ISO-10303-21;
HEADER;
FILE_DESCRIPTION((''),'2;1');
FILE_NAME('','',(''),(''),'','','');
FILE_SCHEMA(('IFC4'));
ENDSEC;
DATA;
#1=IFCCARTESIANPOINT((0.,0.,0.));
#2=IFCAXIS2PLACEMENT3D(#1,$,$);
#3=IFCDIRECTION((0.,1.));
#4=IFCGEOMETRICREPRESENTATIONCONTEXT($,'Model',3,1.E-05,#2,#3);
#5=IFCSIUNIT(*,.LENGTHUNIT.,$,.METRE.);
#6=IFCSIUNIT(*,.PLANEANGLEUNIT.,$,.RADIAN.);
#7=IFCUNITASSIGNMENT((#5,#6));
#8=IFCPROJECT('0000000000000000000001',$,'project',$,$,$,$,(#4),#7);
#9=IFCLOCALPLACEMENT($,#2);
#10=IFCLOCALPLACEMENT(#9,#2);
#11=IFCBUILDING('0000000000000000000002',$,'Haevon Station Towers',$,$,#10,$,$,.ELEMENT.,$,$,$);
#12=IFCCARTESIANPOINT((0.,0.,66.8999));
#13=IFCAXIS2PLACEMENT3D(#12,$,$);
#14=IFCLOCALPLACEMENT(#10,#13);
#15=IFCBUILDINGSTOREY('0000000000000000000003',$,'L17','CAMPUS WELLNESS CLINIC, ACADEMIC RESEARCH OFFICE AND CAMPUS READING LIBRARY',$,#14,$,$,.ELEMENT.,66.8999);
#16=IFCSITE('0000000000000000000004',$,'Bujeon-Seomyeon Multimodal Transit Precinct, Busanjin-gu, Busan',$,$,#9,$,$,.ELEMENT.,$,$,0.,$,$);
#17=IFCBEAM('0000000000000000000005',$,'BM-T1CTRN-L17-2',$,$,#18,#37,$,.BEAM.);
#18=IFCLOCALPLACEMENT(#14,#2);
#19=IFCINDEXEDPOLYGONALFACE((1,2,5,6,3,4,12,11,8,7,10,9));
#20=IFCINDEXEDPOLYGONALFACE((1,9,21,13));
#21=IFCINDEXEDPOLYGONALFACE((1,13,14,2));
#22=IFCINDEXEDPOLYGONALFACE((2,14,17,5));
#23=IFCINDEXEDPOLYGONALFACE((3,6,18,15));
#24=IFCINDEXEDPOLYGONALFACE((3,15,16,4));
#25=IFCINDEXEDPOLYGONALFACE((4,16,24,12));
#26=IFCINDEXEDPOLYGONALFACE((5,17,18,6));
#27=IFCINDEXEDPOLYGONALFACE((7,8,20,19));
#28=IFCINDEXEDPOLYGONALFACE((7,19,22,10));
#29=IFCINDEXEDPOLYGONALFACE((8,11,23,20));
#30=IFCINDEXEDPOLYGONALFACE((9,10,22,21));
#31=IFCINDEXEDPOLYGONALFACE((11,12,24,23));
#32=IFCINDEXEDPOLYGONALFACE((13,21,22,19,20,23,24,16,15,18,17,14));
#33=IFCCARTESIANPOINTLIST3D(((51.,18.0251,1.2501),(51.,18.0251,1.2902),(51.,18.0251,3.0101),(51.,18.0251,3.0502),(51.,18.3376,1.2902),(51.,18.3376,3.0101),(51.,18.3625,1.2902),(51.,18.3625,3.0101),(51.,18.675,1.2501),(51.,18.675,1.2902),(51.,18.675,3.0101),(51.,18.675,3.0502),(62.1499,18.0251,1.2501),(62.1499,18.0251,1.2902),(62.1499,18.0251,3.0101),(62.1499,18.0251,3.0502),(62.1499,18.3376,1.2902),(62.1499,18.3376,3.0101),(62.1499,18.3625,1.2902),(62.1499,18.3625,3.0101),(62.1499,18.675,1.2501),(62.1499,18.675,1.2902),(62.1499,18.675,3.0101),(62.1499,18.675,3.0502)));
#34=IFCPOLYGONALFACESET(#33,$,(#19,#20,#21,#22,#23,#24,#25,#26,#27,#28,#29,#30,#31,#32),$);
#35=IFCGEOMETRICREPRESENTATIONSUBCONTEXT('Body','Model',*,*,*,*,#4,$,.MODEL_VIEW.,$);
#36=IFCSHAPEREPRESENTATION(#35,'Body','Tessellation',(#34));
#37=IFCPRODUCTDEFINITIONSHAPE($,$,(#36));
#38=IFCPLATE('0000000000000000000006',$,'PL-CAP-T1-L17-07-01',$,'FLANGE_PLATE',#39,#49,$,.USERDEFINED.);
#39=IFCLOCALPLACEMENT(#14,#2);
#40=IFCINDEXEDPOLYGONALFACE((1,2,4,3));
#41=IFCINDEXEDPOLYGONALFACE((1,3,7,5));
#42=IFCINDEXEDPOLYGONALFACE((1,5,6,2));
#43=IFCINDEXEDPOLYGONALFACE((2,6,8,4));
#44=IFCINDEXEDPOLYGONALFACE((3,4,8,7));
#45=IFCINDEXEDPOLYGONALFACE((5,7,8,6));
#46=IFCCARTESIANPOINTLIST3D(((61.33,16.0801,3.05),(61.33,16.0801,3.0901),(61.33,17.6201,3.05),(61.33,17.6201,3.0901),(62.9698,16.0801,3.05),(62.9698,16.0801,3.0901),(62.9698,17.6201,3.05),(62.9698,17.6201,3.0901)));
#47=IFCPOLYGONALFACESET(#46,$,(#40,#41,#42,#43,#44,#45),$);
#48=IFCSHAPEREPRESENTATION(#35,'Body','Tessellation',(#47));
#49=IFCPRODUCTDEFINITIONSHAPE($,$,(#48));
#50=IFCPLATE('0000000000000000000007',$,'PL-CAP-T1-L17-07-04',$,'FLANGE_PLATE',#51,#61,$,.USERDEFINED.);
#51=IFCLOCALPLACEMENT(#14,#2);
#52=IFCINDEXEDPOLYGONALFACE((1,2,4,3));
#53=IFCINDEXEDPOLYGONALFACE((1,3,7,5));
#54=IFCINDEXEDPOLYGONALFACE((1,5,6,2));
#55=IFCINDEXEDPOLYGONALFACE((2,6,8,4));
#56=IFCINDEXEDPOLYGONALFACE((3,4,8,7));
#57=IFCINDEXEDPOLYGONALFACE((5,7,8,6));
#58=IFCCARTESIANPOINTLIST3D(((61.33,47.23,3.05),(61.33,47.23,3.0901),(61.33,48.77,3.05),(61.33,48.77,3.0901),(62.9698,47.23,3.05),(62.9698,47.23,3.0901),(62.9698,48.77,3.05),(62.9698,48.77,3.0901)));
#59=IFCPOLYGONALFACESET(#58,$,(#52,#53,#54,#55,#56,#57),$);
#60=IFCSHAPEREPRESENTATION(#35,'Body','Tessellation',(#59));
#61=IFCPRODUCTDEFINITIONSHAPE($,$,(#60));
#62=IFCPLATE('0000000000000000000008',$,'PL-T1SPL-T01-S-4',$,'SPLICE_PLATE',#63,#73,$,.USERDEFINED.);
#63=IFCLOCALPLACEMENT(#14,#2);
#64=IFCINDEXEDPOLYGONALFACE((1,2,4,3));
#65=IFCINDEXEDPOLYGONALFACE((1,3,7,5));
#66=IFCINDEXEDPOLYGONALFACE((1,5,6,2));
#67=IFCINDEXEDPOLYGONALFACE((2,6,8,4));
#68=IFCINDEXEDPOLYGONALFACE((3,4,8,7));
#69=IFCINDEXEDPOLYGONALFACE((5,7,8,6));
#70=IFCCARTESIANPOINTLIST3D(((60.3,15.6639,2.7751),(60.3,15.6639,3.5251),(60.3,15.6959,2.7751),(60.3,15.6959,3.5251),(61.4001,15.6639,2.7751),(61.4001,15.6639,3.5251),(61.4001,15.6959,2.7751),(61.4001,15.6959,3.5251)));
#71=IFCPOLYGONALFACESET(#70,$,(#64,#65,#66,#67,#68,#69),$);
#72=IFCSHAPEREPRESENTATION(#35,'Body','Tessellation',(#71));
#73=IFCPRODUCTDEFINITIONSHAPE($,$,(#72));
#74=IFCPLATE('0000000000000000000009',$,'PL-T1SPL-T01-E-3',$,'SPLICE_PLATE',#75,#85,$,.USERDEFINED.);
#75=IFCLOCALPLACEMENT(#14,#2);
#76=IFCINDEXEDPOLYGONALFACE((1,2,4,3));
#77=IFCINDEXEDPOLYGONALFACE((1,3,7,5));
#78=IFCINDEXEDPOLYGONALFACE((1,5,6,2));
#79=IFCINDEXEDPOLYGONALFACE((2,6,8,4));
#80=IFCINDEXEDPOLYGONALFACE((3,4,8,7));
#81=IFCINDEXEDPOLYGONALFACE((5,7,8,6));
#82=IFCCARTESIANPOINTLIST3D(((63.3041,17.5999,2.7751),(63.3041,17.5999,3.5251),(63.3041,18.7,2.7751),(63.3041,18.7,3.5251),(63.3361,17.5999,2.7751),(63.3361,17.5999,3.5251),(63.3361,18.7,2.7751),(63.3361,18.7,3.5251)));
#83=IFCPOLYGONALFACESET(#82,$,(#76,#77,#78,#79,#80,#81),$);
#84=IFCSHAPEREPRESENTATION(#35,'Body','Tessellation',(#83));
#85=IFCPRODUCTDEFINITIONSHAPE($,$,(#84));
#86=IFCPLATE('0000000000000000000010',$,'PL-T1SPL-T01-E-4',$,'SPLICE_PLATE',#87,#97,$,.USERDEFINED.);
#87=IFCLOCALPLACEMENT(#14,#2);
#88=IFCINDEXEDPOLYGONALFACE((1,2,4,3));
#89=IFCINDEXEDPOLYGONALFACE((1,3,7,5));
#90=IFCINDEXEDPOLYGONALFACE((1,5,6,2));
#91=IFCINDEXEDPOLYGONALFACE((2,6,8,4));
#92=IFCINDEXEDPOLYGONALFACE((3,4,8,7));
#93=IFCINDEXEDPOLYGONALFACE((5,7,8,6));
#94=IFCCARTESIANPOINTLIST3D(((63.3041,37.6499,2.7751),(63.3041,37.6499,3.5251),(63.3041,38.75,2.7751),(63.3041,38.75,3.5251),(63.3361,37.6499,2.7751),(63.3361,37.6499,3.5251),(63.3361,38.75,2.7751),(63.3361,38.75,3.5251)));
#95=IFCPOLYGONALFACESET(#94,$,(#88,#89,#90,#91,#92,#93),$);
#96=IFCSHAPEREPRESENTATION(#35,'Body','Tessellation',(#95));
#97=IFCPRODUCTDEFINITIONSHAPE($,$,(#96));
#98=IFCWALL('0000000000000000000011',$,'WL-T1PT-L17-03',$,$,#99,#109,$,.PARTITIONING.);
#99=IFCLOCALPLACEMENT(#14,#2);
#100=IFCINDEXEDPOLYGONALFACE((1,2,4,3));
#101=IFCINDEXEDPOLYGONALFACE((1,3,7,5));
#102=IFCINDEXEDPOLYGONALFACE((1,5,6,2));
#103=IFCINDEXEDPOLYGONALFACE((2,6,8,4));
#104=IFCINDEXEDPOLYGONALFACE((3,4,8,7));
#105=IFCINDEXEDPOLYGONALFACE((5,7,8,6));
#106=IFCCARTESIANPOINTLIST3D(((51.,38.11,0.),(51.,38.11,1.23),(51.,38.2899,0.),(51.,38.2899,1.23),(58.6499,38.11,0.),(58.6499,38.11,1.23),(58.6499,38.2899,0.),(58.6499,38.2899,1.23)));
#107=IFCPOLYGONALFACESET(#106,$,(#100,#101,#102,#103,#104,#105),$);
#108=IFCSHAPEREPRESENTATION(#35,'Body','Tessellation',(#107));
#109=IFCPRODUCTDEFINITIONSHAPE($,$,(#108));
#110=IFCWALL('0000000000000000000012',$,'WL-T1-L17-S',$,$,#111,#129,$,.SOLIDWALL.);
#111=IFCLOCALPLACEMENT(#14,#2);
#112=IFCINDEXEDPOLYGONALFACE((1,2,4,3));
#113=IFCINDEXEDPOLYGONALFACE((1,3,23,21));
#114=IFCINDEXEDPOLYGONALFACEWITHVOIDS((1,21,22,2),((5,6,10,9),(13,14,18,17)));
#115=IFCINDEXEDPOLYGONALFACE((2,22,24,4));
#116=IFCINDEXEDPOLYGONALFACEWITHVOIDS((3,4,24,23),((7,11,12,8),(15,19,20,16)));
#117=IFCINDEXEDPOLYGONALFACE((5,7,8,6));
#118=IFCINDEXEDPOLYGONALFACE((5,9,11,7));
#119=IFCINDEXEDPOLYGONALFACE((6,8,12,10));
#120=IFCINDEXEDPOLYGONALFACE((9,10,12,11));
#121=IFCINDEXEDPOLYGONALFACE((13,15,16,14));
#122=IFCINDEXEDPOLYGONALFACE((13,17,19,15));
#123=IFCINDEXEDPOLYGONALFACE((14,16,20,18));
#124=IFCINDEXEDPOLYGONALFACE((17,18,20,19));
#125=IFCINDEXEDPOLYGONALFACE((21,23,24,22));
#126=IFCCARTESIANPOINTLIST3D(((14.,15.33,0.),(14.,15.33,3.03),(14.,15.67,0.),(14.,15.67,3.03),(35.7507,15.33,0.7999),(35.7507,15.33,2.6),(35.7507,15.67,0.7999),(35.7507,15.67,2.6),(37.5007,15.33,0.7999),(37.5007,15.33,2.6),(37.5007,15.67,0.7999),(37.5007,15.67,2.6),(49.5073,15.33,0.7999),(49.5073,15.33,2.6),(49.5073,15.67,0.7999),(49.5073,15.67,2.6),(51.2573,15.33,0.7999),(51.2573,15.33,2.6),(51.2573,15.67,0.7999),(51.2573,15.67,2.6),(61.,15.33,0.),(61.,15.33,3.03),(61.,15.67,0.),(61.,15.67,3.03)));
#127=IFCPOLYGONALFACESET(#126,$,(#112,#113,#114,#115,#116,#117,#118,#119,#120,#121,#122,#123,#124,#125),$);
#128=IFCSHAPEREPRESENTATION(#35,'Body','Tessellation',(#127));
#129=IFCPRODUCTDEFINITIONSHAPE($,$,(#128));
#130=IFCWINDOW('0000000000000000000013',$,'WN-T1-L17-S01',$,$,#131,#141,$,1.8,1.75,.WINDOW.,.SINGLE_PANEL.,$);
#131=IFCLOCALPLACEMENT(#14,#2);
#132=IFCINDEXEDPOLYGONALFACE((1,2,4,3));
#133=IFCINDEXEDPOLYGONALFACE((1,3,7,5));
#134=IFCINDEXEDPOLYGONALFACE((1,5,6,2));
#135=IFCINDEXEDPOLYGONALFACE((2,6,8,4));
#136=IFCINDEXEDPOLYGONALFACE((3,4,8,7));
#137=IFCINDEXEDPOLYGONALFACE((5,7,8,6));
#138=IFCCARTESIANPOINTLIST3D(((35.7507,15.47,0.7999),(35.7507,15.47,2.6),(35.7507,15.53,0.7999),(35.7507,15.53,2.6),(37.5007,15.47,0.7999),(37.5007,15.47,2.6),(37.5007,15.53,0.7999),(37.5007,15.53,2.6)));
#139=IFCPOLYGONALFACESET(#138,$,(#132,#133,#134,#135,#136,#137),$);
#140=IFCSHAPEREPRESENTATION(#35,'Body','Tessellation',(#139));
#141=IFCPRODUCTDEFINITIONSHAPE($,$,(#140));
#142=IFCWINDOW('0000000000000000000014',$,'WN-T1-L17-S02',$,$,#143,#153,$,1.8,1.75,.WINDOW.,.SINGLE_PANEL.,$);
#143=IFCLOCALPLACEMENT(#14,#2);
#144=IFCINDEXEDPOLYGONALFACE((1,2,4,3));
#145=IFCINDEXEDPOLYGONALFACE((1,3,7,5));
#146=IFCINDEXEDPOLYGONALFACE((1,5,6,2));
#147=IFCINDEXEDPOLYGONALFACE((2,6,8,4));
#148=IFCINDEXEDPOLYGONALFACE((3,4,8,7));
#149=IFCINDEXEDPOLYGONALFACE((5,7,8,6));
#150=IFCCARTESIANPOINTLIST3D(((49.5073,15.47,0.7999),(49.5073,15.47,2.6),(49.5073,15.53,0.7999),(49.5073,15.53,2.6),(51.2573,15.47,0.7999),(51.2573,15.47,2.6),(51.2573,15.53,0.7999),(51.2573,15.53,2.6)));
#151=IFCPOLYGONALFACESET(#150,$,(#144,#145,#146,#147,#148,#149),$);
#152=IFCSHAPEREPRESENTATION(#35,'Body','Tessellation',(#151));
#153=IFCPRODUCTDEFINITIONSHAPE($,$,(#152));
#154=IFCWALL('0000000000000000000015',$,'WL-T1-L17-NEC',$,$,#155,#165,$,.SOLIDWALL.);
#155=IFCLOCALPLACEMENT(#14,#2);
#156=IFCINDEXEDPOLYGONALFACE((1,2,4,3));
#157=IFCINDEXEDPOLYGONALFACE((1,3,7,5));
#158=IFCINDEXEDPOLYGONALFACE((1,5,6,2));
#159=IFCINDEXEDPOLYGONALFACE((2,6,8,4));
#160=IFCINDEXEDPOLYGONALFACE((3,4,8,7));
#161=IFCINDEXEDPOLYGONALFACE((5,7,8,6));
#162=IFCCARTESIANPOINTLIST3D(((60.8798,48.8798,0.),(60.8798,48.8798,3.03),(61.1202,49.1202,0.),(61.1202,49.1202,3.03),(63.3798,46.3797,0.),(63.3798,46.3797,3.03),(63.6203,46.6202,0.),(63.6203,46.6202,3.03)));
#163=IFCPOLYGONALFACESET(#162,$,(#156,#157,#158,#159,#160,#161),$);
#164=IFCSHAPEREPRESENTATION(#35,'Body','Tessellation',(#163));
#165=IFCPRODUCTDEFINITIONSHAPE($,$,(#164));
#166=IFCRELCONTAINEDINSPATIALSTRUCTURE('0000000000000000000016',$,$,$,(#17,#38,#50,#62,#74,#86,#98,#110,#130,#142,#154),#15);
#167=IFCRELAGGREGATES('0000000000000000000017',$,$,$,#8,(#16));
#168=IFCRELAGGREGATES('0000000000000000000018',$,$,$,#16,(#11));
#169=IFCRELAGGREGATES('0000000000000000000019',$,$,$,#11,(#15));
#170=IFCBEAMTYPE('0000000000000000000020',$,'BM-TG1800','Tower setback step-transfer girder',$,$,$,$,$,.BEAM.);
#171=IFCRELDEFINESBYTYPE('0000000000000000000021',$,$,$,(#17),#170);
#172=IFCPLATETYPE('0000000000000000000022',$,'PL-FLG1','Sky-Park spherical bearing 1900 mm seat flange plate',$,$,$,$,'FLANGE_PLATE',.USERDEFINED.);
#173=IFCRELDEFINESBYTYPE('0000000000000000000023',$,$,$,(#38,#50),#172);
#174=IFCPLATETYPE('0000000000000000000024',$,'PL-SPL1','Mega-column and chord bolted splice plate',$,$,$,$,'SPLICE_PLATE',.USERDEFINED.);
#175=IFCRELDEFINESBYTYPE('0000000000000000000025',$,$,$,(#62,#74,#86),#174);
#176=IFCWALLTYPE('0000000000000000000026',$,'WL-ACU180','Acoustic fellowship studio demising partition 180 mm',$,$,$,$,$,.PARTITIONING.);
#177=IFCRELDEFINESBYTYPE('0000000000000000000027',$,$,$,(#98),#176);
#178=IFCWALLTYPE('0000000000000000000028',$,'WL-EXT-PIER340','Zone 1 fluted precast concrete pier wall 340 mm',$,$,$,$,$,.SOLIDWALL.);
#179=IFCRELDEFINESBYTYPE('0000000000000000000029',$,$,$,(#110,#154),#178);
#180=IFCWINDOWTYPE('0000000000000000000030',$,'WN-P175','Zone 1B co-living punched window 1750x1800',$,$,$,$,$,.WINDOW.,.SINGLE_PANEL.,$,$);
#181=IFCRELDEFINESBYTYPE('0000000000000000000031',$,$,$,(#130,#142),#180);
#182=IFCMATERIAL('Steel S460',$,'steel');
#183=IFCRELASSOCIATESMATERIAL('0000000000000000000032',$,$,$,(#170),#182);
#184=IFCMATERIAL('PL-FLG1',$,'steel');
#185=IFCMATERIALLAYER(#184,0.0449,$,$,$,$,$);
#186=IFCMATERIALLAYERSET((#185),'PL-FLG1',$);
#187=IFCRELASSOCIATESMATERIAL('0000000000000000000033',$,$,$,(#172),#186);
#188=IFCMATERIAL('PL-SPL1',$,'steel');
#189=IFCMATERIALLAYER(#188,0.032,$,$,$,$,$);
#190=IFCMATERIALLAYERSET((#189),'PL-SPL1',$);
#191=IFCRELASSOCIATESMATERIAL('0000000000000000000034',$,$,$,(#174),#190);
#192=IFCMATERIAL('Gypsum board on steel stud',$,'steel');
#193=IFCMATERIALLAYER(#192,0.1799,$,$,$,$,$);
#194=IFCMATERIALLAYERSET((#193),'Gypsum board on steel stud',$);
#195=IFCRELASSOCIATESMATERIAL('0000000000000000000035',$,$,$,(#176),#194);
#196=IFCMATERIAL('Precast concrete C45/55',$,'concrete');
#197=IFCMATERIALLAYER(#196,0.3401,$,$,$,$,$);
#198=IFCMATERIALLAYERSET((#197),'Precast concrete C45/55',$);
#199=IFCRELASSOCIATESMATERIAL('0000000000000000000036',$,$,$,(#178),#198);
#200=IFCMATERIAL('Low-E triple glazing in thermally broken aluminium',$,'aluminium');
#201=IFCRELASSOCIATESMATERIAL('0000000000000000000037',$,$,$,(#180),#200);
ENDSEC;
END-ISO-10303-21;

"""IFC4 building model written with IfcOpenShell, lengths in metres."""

from ifc_helpers import new_model, si_unit, direction, frame, frame_2d, origin, origin_2d, place, context, subcontext, project, spatial, rectangle, i_section, extrude, material, layer, layer_set, material_profile, profile_set, type_object, element, fill, save


model = new_model("IFC4")

# Units and contexts
model_context = context("Model", 3, precision=1e-05, world=origin(), true_north=direction((0.0, 1.0)))
body_context = subcontext(model_context, "Body", "Model", "MODEL_VIEW")
ifc_project = project(units=[si_unit("LENGTHUNIT", "METRE"), si_unit("PLANEANGLEUNIT", "RADIAN")], contexts=[model_context])

# Site, building, storey
site_placement = place(None, origin())
site = spatial("IfcSite", under=ifc_project, at=site_placement, Name="Bujeon-Seomyeon Multimodal Transit Precinct, Busanjin-gu, Busan", CompositionType="ELEMENT", RefElevation=0.0)
building_placement = place(site_placement, origin())
building = spatial("IfcBuilding", under=site, at=building_placement, Name="Haevon Station Towers", CompositionType="ELEMENT")
storey_placement = place(building_placement, frame((0.0, 0.0, 66.8999)))
storey = spatial("IfcBuildingStorey", under=building, at=storey_placement, Name="L17", Description="CAMPUS WELLNESS CLINIC, ACADEMIC RESEARCH OFFICE AND CAMPUS READING LIBRARY", CompositionType="ELEMENT", Elevation=66.8999)

# Shared definitions
ifc_material_1 = material(Name="Steel S460", Category="steel")

# Beam
ifc_material_profile_1 = material_profile(ifc_material_1, i_section(OverallWidth=0.6499, OverallDepth=1.8, WebThickness=0.0249, FlangeThickness=0.04, at=origin_2d()), Name="H-1800x650x25x40")
ifc_profile_set_1 = profile_set([ifc_material_profile_1], Name="Steel S460")
beam_type_1 = type_object("IfcBeamType", Name="BM-TG1800", Description="Tower setback step-transfer girder", PredefinedType="BEAM", material=ifc_profile_set_1)
beam_1_placement = place(storey_placement, frame((51.0, 18.3501, 2.1501), z_axis=(1.0, 0.0, 0.0), x_axis=(0.0, 1.0, 0.0)))
element("IfcBeam", 1, at=beam_1_placement, inside=storey, type_object=beam_type_1, Name="BM-T1CTRN-L17-2", PredefinedType="BEAM", context=body_context, shape_type="SweptSolid", body=[
    extrude(i_section(OverallWidth=0.6499, OverallDepth=1.8, WebThickness=0.0249, FlangeThickness=0.04, at=origin_2d()), origin(), (0.0, 0.0, 1.0), 11.1499),
])

# Plates
ifc_material_2 = material(Name="PL-FLG1", Category="steel")
ifc_layer_1 = layer(ifc_material_2, 0.0449)
ifc_layer_set_1 = layer_set([ifc_layer_1], Name="PL-FLG1")
plate_type_1 = type_object("IfcPlateType", Name="PL-FLG1", Description="Sky-Park spherical bearing 1900 mm seat flange plate", ElementType="FLANGE_PLATE", PredefinedType="USERDEFINED", material=ifc_layer_set_1)
for number, where, z_axis, x_axis, name in (
    (2, (62.1499, 16.8501, 3.05), (0.0, 0.0, 1.0), (1.0, 0.0, 0.0), "PL-CAP-T1-L17-07-01"),
    (3, (62.1499, 48.0, 3.05), (0.0, 0.0, 1.0), (1.0, 0.0, 0.0), "PL-CAP-T1-L17-07-04"),
):
    element("IfcPlate", number, at=place(storey_placement, frame(where, z_axis=z_axis, x_axis=x_axis)), inside=storey, type_object=plate_type_1, Name=name, ObjectType="FLANGE_PLATE", PredefinedType="USERDEFINED", context=body_context, shape_type="SweptSolid", body=[
        extrude(rectangle(XDim=1.6399, YDim=1.54, at=origin_2d()), origin(), (0.0, 0.0, 1.0), 0.04),
    ])
ifc_material_3 = material(Name="PL-SPL1", Category="steel")
ifc_layer_2 = layer(ifc_material_3, 0.032)
ifc_layer_set_2 = layer_set([ifc_layer_2], Name="PL-SPL1")
plate_type_2 = type_object("IfcPlateType", Name="PL-SPL1", Description="Mega-column and chord bolted splice plate", ElementType="SPLICE_PLATE", PredefinedType="USERDEFINED", material=ifc_layer_set_2)
for number, where, z_axis, x_axis, name in (
    (4, (60.8501, 15.6799, 2.7751), (0.0, 0.0, 1.0), (1.0, 0.0, 0.0), "PL-T1SPL-T01-S-4"),
    (5, (63.3201, 18.1499, 2.7751), (0.0, 0.0, 1.0), (0.0, 1.0, 0.0), "PL-T1SPL-T01-E-3"),
    (6, (63.3201, 38.2, 2.7751), (0.0, 0.0, 1.0), (0.0, 1.0, 0.0), "PL-T1SPL-T01-E-4"),
):
    element("IfcPlate", number, at=place(storey_placement, frame(where, z_axis=z_axis, x_axis=x_axis)), inside=storey, type_object=plate_type_2, Name=name, ObjectType="SPLICE_PLATE", PredefinedType="USERDEFINED", context=body_context, shape_type="SweptSolid", body=[
        extrude(rectangle(XDim=1.1001, YDim=0.032, at=origin_2d()), origin(), (0.0, 0.0, 1.0), 0.75),
    ])

# Wall
ifc_material_4 = material(Name="Gypsum board on steel stud", Category="steel")
ifc_layer_3 = layer(ifc_material_4, 0.1799)
ifc_layer_set_3 = layer_set([ifc_layer_3], Name="Gypsum board on steel stud")
wall_type_1 = type_object("IfcWallType", Name="WL-ACU180", Description="Acoustic fellowship studio demising partition 180 mm", PredefinedType="PARTITIONING", material=ifc_layer_set_3)
wall_1_placement = place(storey_placement, frame((51.0, 38.2, 0.0), z_axis=(0.0, 0.0, 1.0), x_axis=(1.0, 0.0, 0.0)))
element("IfcWall", 7, at=wall_1_placement, inside=storey, type_object=wall_type_1, Name="WL-T1PT-L17-03", PredefinedType="PARTITIONING", context=body_context, shape_type="SweptSolid", body=[
    extrude(rectangle(XDim=7.6499, YDim=0.1799, at=frame_2d((3.825, 0.0))), origin(), (0.0, 0.0, 1.0), 1.23),
])

# Wall, openings, windows
ifc_material_5 = material(Name="Precast concrete C45/55", Category="concrete")
ifc_layer_4 = layer(ifc_material_5, 0.3401)
ifc_layer_set_4 = layer_set([ifc_layer_4], Name="Precast concrete C45/55")
wall_type_2 = type_object("IfcWallType", Name="WL-EXT-PIER340", Description="Zone 1 fluted precast concrete pier wall 340 mm", PredefinedType="SOLIDWALL", material=ifc_layer_set_4)
wall_2_placement = place(storey_placement, frame((61.0, 15.5, 0.0), z_axis=(0.0, 0.0, 1.0), x_axis=(-1.0, 0.0, 0.0)))
wall_2 = element("IfcWall", 8, at=wall_2_placement, inside=storey, type_object=wall_type_2, Name="WL-T1-L17-S", PredefinedType="SOLIDWALL", context=body_context, shape_type="SweptSolid", body=[
    extrude(rectangle(XDim=47.0, YDim=0.3401, at=frame_2d((23.5, 0.0))), origin(), (0.0, 0.0, 1.0), 3.03),
])
opening_1_placement = place(wall_2_placement, frame((23.4993, 0.0, 0.8)))
opening_1 = element("IfcOpeningElement", 9, at=opening_1_placement, cuts=wall_2, PredefinedType="OPENING", context=body_context, shape_type="SweptSolid", body=[
    extrude(rectangle(XDim=1.75, YDim=1.8, at=frame_2d((0.875, 0.8999))), frame((0.0, 0.1799, 0.0), z_axis=(0.0, -1.0, 0.0), x_axis=(1.0, 0.0, 0.0)), (0.0, 0.0, 1.0), 0.3601),
])
opening_2_placement = place(wall_2_placement, frame((9.7427, 0.0, 0.8)))
opening_2 = element("IfcOpeningElement", 10, at=opening_2_placement, cuts=wall_2, PredefinedType="OPENING", context=body_context, shape_type="SweptSolid", body=[
    extrude(rectangle(XDim=1.75, YDim=1.8, at=frame_2d((0.875, 0.8999))), frame((0.0, 0.1799, 0.0), z_axis=(0.0, -1.0, 0.0), x_axis=(1.0, 0.0, 0.0)), (0.0, 0.0, 1.0), 0.3601),
])
ifc_material_6 = material(Name="Low-E triple glazing in thermally broken aluminium", Category="aluminium")
window_type_1 = type_object("IfcWindowType", Name="WN-P175", Description="Zone 1B co-living punched window 1750x1800", PartitioningType="SINGLE_PANEL", PredefinedType="WINDOW", material=ifc_material_6)
window_1_placement = place(opening_1_placement, origin())
window_1 = element("IfcWindow", 11, at=window_1_placement, inside=storey, type_object=window_type_1, Name="WN-T1-L17-S01", OverallHeight=1.8, OverallWidth=1.75, PartitioningType="SINGLE_PANEL", PredefinedType="WINDOW", context=body_context, shape_type="SweptSolid", body=[
    extrude(rectangle(XDim=1.75, YDim=1.8, at=frame_2d((0.875, 0.8999))), frame((0.0, 0.03, 0.0), z_axis=(0.0, -1.0, 0.0), x_axis=(1.0, 0.0, 0.0)), (0.0, 0.0, 1.0), 0.0601),
])
fill(opening_1, window_1)
window_2_placement = place(opening_2_placement, origin())
window_2 = element("IfcWindow", 12, at=window_2_placement, inside=storey, type_object=window_type_1, Name="WN-T1-L17-S02", OverallHeight=1.8, OverallWidth=1.75, PartitioningType="SINGLE_PANEL", PredefinedType="WINDOW", context=body_context, shape_type="SweptSolid", body=[
    extrude(rectangle(XDim=1.75, YDim=1.8, at=frame_2d((0.875, 0.8999))), frame((0.0, 0.03, 0.0), z_axis=(0.0, -1.0, 0.0), x_axis=(1.0, 0.0, 0.0)), (0.0, 0.0, 1.0), 0.0601),
])
fill(opening_2, window_2)

# Wall
wall_3_placement = place(storey_placement, frame((61.0, 49.0, 0.0), z_axis=(0.0, 0.0, 1.0), x_axis=(0.707107, -0.707107, 0.0)))
element("IfcWall", 13, at=wall_3_placement, inside=storey, type_object=wall_type_2, Name="WL-T1-L17-NEC", PredefinedType="SOLIDWALL", context=body_context, shape_type="SweptSolid", body=[
    extrude(rectangle(XDim=3.5356, YDim=0.3401, at=frame_2d((1.7678, 0.0))), origin(), (0.0, 0.0, 1.0), 3.03),
])

save(model, "model.ifc")
